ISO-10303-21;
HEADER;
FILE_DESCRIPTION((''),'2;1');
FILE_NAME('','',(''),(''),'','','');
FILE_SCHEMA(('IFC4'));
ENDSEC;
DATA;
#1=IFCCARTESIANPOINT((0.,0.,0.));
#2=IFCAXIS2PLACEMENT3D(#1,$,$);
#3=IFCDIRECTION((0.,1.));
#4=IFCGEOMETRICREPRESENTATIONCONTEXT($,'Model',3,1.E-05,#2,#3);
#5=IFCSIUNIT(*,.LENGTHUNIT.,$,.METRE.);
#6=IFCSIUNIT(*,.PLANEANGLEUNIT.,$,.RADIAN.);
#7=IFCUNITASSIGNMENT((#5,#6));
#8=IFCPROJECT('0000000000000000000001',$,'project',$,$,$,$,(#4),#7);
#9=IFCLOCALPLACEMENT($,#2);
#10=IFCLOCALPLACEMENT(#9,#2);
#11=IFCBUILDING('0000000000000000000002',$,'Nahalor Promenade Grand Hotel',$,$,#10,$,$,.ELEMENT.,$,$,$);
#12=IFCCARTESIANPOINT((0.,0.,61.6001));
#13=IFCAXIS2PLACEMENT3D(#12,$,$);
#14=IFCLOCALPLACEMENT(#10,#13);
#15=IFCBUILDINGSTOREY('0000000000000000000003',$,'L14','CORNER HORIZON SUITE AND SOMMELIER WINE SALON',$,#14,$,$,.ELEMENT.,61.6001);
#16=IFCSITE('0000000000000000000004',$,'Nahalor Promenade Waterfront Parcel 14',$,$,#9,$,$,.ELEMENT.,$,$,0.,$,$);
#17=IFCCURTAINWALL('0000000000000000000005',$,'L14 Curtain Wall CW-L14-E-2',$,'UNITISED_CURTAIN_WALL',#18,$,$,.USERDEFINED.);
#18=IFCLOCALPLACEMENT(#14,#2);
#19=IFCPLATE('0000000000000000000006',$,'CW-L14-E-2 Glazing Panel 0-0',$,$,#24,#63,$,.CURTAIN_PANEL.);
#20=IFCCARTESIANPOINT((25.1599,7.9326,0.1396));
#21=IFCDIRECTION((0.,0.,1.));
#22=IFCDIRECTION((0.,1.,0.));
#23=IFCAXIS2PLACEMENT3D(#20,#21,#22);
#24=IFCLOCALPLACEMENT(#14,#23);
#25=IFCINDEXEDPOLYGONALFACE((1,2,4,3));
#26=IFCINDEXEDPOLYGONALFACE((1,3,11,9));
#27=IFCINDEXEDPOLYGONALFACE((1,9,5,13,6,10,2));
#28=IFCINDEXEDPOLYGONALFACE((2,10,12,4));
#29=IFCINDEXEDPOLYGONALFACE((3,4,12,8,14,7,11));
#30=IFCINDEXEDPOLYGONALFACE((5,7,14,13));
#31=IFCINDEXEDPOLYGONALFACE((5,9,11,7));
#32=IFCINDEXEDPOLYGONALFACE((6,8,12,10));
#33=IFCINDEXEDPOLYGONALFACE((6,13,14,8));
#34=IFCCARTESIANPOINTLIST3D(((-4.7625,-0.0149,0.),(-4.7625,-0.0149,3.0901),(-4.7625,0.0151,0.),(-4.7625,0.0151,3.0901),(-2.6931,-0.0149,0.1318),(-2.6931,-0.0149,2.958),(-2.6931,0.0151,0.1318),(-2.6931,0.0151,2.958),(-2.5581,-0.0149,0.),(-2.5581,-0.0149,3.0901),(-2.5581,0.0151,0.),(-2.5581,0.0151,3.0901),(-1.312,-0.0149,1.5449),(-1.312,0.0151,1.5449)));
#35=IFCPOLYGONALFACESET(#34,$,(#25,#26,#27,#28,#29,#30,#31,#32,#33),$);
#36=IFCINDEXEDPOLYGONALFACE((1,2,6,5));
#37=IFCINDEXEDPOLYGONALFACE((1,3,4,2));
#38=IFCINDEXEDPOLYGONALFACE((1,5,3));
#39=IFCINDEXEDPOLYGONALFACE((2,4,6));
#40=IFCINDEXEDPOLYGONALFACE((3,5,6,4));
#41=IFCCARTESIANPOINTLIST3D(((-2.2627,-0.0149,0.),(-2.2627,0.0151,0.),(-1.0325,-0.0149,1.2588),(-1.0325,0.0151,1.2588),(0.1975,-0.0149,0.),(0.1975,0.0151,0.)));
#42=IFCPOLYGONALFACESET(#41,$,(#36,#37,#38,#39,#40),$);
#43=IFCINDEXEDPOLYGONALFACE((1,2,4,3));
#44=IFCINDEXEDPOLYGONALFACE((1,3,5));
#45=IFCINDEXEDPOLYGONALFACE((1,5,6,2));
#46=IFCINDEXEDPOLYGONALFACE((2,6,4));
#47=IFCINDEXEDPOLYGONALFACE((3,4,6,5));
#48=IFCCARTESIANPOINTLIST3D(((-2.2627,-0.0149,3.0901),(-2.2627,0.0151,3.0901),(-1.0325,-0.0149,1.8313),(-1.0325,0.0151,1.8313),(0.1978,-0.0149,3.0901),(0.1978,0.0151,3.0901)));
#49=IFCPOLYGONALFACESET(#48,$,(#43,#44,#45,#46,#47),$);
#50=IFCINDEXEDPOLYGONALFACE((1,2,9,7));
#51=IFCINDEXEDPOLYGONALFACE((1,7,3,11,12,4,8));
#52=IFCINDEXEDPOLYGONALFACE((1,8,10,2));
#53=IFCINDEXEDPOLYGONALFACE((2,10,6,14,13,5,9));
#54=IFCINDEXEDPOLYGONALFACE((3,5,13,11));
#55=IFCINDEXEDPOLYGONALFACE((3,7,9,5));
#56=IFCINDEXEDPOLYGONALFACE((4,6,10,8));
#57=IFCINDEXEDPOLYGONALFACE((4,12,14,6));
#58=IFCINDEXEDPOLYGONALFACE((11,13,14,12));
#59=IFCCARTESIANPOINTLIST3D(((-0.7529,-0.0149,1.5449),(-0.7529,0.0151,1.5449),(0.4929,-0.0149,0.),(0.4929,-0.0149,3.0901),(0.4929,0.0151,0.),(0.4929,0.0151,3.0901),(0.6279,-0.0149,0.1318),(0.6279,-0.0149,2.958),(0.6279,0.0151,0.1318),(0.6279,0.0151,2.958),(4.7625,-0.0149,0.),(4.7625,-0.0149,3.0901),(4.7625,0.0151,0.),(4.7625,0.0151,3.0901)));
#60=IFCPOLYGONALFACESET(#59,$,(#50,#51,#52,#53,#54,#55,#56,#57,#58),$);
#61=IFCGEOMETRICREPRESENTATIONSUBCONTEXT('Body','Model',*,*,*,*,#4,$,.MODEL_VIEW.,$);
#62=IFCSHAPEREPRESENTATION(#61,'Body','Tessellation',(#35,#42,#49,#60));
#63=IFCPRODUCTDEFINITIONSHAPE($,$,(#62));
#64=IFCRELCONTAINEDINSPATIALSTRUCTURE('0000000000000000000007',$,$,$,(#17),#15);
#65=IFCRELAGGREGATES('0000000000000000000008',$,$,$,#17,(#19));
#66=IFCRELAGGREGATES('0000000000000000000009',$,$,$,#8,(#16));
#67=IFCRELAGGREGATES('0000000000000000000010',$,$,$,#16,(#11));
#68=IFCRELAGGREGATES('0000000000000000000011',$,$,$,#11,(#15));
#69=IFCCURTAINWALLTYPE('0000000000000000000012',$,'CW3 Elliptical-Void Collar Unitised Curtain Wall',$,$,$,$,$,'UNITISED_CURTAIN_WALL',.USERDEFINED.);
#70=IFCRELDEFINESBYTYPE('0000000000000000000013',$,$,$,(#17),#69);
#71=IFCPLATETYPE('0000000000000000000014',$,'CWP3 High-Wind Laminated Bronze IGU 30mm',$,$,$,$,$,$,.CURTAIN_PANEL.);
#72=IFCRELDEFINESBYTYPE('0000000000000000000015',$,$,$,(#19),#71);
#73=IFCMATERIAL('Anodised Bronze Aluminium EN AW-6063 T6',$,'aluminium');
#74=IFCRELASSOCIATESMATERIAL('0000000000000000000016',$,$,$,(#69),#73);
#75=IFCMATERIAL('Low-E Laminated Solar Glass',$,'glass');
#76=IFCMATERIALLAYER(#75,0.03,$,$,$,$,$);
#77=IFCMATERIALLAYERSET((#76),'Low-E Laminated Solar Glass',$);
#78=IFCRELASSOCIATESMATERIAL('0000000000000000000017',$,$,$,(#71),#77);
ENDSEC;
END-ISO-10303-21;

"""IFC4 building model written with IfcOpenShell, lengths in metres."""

from ifc_helpers import new_model, si_unit, direction, frame, origin, place, context, subcontext, project, spatial, polyline, outline, extrude, material, layer, layer_set, type_object, element, aggregate, save


model = new_model("IFC4")

# Units and contexts
model_context = context("Model", 3, precision=1e-05, world=origin(), true_north=direction((0.0, 1.0)))
body_context = subcontext(model_context, "Body", "Model", "MODEL_VIEW")
ifc_project = project(units=[si_unit("LENGTHUNIT", "METRE"), si_unit("PLANEANGLEUNIT", "RADIAN")], contexts=[model_context])

# Site, building, storey
site_placement = place(None, origin())
site = spatial("IfcSite", under=ifc_project, at=site_placement, Name="Nahalor Promenade Waterfront Parcel 14", CompositionType="ELEMENT", RefElevation=0.0)
building_placement = place(site_placement, origin())
building = spatial("IfcBuilding", under=site, at=building_placement, Name="Nahalor Promenade Grand Hotel", CompositionType="ELEMENT")
storey_placement = place(building_placement, frame((0.0, 0.0, 61.6001)))
storey = spatial("IfcBuildingStorey", under=building, at=storey_placement, Name="L14", Description="CORNER HORIZON SUITE AND SOMMELIER WINE SALON", CompositionType="ELEMENT", Elevation=61.6001)

# Curtain wall
ifc_material_1 = material(Name="Anodised Bronze Aluminium EN AW-6063 T6", Category="aluminium")
curtain_wall_type = type_object("IfcCurtainWallType", Name="CW3 Elliptical-Void Collar Unitised Curtain Wall", ElementType="UNITISED_CURTAIN_WALL", PredefinedType="USERDEFINED", material=ifc_material_1)
curtain_wall_1_placement = place(storey_placement, origin())
curtain_wall_1 = element("IfcCurtainWall", 1, at=curtain_wall_1_placement, inside=storey, type_object=curtain_wall_type, Name="L14 Curtain Wall CW-L14-E-2", ObjectType="UNITISED_CURTAIN_WALL", PredefinedType="USERDEFINED")

# Plate
ifc_material_2 = material(Name="Low-E Laminated Solar Glass", Category="glass")
ifc_layer_1 = layer(ifc_material_2, 0.03)
ifc_layer_set_1 = layer_set([ifc_layer_1], Name="Low-E Laminated Solar Glass")
plate_type_1 = type_object("IfcPlateType", Name="CWP3 High-Wind Laminated Bronze IGU 30mm", PredefinedType="CURTAIN_PANEL", material=ifc_layer_set_1)
plate_1_placement = place(storey_placement, frame((25.1599, 7.9326, 0.1396), z_axis=(0.0, 0.0, 1.0), x_axis=(0.0, 1.0, 0.0)))
plate_1 = element("IfcPlate", 2, at=plate_1_placement, type_object=plate_type_1, Name="CW-L14-E-2 Glazing Panel 0-0", PredefinedType="CURTAIN_PANEL", context=body_context, shape_type="SweptSolid", body=[
    extrude(outline(polyline([(-4.7625, 3.0901), (-4.7625, 0.0), (-2.5581, 0.0), (-2.6931, 0.1318), (-1.312, 1.5449), (-2.6931, 2.958), (-2.5581, 3.0901), (-4.7625, 3.0901)])), frame((0.0, 0.0151, 0.0), z_axis=(0.0, -1.0, 0.0), x_axis=(1.0, 0.0, 0.0)), (0.0, 0.0, 1.0), 0.03),
    extrude(outline(polyline([(-1.0325, 1.2588), (-2.2627, 0.0), (0.1975, 0.0), (-1.0325, 1.2588)])), frame((0.0, 0.0151, 0.0), z_axis=(0.0, -1.0, 0.0), x_axis=(1.0, 0.0, 0.0)), (0.0, 0.0, 1.0), 0.03),
    extrude(outline(polyline([(-1.0325, 1.8313), (0.1978, 3.0901), (-2.2627, 3.0901), (-1.0325, 1.8313)])), frame((0.0, 0.0151, 0.0), z_axis=(0.0, -1.0, 0.0), x_axis=(1.0, 0.0, 0.0)), (0.0, 0.0, 1.0), 0.03),
    extrude(outline(polyline([(4.7625, 0.0), (4.7625, 3.0901), (0.4929, 3.0901), (0.6279, 2.958), (-0.7529, 1.5449), (0.6279, 0.1318), (0.4929, 0.0), (4.7625, 0.0)])), frame((0.0, 0.0151, 0.0), z_axis=(0.0, -1.0, 0.0), x_axis=(1.0, 0.0, 0.0)), (0.0, 0.0, 1.0), 0.03),
])
aggregate(curtain_wall_1, [plate_1])

save(model, "model.ifc")
